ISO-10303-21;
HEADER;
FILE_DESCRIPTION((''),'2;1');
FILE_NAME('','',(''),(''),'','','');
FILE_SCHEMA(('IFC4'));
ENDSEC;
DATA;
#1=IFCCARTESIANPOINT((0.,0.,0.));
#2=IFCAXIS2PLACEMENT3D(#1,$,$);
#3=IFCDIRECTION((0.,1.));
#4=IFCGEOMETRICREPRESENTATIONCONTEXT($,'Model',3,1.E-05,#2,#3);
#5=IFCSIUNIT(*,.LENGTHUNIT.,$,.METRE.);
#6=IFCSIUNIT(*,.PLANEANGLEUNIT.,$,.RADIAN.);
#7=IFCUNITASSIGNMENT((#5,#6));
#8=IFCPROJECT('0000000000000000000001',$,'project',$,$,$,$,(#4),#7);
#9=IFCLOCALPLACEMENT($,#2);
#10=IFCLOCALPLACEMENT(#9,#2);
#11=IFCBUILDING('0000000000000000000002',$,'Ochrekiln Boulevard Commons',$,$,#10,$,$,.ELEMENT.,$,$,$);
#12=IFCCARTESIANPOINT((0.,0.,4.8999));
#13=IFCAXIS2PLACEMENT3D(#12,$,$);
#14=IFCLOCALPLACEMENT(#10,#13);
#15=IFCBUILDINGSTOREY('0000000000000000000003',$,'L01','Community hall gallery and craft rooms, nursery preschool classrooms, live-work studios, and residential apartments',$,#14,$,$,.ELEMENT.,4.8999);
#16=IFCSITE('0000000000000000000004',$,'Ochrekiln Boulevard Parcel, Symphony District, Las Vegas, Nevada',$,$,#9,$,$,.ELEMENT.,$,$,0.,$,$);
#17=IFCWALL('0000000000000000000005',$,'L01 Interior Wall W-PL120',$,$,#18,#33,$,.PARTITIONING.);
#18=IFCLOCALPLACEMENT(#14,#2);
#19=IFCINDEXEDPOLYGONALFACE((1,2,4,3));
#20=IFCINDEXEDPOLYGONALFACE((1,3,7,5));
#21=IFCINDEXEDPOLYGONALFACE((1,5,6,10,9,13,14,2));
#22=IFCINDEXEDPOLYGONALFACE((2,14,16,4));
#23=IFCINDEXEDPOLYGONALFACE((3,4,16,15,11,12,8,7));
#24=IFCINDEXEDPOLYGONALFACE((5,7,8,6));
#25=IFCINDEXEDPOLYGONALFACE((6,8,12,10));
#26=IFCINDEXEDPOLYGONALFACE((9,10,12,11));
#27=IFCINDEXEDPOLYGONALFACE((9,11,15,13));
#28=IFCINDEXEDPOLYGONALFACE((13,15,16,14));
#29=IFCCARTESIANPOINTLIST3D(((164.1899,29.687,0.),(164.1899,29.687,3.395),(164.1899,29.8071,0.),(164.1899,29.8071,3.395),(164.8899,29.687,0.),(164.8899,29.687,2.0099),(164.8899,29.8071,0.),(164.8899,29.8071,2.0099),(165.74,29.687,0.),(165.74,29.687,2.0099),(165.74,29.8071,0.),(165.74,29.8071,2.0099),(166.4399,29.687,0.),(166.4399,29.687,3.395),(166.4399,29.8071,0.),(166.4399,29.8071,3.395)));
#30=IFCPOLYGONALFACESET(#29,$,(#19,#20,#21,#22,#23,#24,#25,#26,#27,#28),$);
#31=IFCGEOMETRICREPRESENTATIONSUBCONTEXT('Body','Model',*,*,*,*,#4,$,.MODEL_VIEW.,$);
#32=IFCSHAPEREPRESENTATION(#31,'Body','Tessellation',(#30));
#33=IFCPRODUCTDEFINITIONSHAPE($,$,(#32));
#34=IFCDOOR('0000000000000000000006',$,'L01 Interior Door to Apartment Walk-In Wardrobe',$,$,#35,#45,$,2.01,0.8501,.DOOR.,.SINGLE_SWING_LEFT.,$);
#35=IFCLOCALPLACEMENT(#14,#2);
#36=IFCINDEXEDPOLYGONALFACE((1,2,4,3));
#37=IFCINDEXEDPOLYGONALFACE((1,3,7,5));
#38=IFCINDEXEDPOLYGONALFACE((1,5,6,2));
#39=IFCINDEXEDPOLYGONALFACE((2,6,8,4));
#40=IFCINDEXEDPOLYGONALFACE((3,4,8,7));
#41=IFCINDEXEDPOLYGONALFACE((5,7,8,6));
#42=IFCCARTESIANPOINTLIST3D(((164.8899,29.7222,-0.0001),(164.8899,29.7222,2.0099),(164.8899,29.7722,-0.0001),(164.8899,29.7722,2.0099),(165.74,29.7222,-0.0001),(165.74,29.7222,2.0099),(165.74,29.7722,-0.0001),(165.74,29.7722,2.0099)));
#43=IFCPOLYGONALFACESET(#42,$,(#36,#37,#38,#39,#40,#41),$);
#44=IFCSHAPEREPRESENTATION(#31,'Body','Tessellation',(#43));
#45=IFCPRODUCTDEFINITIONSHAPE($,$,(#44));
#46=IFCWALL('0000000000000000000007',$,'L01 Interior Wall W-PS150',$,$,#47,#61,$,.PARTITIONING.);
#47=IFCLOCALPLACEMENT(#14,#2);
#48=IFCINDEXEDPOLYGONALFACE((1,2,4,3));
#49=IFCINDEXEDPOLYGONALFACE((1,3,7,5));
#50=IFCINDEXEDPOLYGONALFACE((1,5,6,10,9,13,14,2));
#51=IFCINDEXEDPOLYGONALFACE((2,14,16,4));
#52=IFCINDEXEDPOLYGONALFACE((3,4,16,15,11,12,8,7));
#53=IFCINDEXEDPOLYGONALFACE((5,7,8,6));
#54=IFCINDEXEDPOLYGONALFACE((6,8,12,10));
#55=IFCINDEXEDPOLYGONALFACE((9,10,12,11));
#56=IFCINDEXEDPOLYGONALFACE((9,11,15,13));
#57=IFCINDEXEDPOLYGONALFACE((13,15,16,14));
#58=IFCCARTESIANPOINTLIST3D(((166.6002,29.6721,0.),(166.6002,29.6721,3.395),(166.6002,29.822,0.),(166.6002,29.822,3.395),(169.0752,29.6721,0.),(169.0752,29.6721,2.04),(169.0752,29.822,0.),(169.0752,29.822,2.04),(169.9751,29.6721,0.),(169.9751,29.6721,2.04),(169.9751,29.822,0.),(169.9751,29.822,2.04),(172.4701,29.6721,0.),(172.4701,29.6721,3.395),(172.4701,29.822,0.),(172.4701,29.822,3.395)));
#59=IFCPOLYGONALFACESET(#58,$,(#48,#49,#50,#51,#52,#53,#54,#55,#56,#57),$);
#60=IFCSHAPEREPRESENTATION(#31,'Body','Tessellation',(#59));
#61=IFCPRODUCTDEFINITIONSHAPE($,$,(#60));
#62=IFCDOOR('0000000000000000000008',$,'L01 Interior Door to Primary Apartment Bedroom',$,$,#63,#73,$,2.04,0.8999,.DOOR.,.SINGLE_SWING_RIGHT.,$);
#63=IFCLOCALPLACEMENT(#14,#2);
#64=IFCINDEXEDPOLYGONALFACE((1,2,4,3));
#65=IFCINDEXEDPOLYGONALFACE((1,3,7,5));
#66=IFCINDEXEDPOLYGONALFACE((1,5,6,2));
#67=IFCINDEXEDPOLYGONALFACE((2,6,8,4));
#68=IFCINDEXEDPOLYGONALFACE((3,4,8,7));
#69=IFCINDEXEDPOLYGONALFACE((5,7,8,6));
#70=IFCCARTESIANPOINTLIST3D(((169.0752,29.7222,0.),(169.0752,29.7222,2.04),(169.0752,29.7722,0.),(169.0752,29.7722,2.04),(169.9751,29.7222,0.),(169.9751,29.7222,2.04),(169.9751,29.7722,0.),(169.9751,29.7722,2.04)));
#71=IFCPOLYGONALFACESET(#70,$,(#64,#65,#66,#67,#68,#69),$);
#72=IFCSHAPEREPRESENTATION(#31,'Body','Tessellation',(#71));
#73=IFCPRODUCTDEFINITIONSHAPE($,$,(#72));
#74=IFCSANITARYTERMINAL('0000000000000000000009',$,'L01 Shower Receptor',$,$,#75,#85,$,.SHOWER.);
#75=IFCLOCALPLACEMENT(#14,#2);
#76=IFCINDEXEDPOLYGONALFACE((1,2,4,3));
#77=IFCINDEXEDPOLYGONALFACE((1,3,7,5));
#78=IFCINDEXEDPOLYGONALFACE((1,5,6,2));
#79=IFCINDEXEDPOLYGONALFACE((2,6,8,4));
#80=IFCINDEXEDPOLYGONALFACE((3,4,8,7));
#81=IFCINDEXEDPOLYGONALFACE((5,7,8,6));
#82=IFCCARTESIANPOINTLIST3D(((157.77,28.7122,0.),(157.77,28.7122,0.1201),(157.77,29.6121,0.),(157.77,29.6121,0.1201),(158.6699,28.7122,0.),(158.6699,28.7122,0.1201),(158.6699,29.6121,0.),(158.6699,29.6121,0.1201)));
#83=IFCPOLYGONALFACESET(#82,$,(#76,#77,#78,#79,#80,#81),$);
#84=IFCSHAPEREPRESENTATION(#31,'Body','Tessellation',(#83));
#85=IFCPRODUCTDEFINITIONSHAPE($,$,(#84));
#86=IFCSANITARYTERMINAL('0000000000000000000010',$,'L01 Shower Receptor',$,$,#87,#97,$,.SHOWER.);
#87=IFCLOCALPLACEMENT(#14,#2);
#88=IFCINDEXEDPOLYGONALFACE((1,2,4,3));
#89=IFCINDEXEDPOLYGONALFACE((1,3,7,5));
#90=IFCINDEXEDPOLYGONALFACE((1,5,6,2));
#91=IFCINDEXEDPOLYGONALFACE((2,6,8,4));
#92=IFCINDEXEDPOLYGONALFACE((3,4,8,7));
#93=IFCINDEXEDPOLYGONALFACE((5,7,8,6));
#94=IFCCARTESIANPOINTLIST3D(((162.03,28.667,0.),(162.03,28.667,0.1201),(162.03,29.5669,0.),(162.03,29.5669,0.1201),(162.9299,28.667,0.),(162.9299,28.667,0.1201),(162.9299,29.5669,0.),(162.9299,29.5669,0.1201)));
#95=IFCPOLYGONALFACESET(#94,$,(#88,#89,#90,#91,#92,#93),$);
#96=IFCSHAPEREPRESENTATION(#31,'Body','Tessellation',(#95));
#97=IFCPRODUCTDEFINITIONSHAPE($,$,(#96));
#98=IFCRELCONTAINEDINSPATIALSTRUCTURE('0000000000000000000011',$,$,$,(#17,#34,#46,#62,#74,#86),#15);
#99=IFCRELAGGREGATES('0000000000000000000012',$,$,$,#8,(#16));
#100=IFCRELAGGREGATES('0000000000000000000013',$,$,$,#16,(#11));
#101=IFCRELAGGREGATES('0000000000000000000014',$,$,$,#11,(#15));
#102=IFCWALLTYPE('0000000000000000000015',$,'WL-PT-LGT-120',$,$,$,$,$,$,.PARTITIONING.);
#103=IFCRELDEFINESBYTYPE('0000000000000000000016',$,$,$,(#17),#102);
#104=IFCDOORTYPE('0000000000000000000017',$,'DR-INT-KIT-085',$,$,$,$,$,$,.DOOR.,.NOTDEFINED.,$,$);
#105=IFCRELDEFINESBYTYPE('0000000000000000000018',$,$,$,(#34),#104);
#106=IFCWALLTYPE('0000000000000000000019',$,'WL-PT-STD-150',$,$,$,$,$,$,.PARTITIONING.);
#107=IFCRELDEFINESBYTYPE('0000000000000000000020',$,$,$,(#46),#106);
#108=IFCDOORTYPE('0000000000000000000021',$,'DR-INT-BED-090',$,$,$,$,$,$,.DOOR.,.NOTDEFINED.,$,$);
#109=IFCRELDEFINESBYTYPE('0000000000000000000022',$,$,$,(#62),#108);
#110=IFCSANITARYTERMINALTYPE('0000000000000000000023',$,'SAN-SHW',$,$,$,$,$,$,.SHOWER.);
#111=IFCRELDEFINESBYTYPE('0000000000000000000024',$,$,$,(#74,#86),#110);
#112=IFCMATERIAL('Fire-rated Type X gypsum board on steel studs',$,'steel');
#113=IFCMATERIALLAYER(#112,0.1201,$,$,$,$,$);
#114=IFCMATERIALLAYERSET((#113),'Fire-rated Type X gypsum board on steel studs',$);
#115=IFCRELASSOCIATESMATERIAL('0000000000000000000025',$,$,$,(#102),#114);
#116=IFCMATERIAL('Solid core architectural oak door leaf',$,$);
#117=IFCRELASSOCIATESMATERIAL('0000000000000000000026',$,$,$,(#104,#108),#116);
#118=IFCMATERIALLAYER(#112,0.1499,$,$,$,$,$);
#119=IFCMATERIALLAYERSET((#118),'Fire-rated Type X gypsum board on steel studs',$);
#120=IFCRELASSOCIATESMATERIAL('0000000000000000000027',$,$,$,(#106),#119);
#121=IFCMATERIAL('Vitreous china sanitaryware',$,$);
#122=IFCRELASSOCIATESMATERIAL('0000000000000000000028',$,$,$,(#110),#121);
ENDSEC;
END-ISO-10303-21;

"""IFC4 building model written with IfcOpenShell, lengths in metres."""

from ifc_helpers import new_model, si_unit, direction, frame, frame_2d, origin, origin_2d, place, context, subcontext, project, spatial, rectangle, extrude, material, layer, layer_set, type_object, element, fill, save


model = new_model("IFC4")

# Units and contexts
model_context = context("Model", 3, precision=1e-05, world=origin(), true_north=direction((0.0, 1.0)))
body_context = subcontext(model_context, "Body", "Model", "MODEL_VIEW")
ifc_project = project(units=[si_unit("LENGTHUNIT", "METRE"), si_unit("PLANEANGLEUNIT", "RADIAN")], contexts=[model_context])

# Site, building, storey
site_placement = place(None, origin())
site = spatial("IfcSite", under=ifc_project, at=site_placement, Name="Ochrekiln Boulevard Parcel, Symphony District, Las Vegas, Nevada", CompositionType="ELEMENT", RefElevation=0.0)
building_placement = place(site_placement, origin())
building = spatial("IfcBuilding", under=site, at=building_placement, Name="Ochrekiln Boulevard Commons", CompositionType="ELEMENT")
storey_placement = place(building_placement, frame((0.0, 0.0, 4.8999)))
storey = spatial("IfcBuildingStorey", under=building, at=storey_placement, Name="L01", Description="Community hall gallery and craft rooms, nursery preschool classrooms, live-work studios, and residential apartments", CompositionType="ELEMENT", Elevation=4.8999)

# Shared definitions
ifc_material_1 = material(Name="Solid core architectural oak door leaf")
ifc_material_2 = material(Name="Fire-rated Type X gypsum board on steel studs", Category="steel")

# Shared definitions
ifc_layer_1 = layer(ifc_material_2, 0.1201)
ifc_layer_set_1 = layer_set([ifc_layer_1], Name="Fire-rated Type X gypsum board on steel studs")
wall_type_1 = type_object("IfcWallType", Name="WL-PT-LGT-120", PredefinedType="PARTITIONING", material=ifc_layer_set_1)

# Walls, openings, doors
wall_1_placement = place(storey_placement, frame((164.1899, 29.7471, 0.0), z_axis=(0.0, 0.0, 1.0), x_axis=(1.0, 0.0, 0.0)))
wall_1 = element("IfcWall", 1, at=wall_1_placement, inside=storey, type_object=wall_type_1, Name="L01 Interior Wall W-PL120", PredefinedType="PARTITIONING", context=body_context, shape_type="SweptSolid", body=[
    extrude(rectangle(XDim=2.25, YDim=0.1201, at=frame_2d((1.125, 0.0))), origin(), (0.0, 0.0, 1.0), 3.395),
])
opening_1_placement = place(wall_1_placement, frame((0.7, 0.0, 0.0)))
opening_1 = element("IfcOpeningElement", 2, at=opening_1_placement, cuts=wall_1, PredefinedType="OPENING", context=body_context, shape_type="SweptSolid", body=[
    extrude(rectangle(XDim=0.8501, YDim=2.01, at=frame_2d((0.425, 1.0049))), frame((0.0, 0.0701, 0.0), z_axis=(0.0, -1.0, 0.0), x_axis=(1.0, 0.0, 0.0)), (0.0, 0.0, 1.0), 0.1401),
])
door_type_1 = type_object("IfcDoorType", Name="DR-INT-KIT-085", OperationType="NOTDEFINED", PredefinedType="DOOR", material=ifc_material_1)
door_1_placement = place(opening_1_placement, frame((0.8501, 0.0, 0.0), z_axis=(0.0, 0.0, 1.0), x_axis=(-1.0, 0.0, 0.0)))
door_1 = element("IfcDoor", 3, at=door_1_placement, inside=storey, type_object=door_type_1, Name="L01 Interior Door to Apartment Walk-In Wardrobe", OperationType="SINGLE_SWING_LEFT", OverallHeight=2.01, OverallWidth=0.8501, PredefinedType="DOOR", context=body_context, shape_type="SweptSolid", body=[
    extrude(rectangle(XDim=0.8501, YDim=2.01, at=frame_2d((0.425, 1.0049))), frame((0.0, 0.0249, 0.0), z_axis=(0.0, -1.0, 0.0), x_axis=(1.0, 0.0, 0.0)), (0.0, 0.0, 1.0), 0.05),
])
fill(opening_1, door_1)
ifc_layer_2 = layer(ifc_material_2, 0.1499)
ifc_layer_set_2 = layer_set([ifc_layer_2], Name="Fire-rated Type X gypsum board on steel studs")
wall_type_2 = type_object("IfcWallType", Name="WL-PT-STD-150", PredefinedType="PARTITIONING", material=ifc_layer_set_2)
wall_2_placement = place(storey_placement, frame((166.6001, 29.7471, 0.0), z_axis=(0.0, 0.0, 1.0), x_axis=(1.0, 0.0, 0.0)))
wall_2 = element("IfcWall", 4, at=wall_2_placement, inside=storey, type_object=wall_type_2, Name="L01 Interior Wall W-PS150", PredefinedType="PARTITIONING", context=body_context, shape_type="SweptSolid", body=[
    extrude(rectangle(XDim=5.8699, YDim=0.1499, at=frame_2d((2.9351, 0.0))), origin(), (0.0, 0.0, 1.0), 3.395),
])
opening_2_placement = place(wall_2_placement, frame((2.4751, 0.0, 0.0)))
opening_2 = element("IfcOpeningElement", 5, at=opening_2_placement, cuts=wall_2, PredefinedType="OPENING", context=body_context, shape_type="SweptSolid", body=[
    extrude(rectangle(XDim=0.8999, YDim=2.04, at=frame_2d((0.45, 1.02))), frame((0.0, 0.085, 0.0), z_axis=(0.0, -1.0, 0.0), x_axis=(1.0, 0.0, 0.0)), (0.0, 0.0, 1.0), 0.1699),
])
door_type_2 = type_object("IfcDoorType", Name="DR-INT-BED-090", OperationType="NOTDEFINED", PredefinedType="DOOR", material=ifc_material_1)
door_2_placement = place(opening_2_placement, frame((0.8999, 0.0, 0.0), z_axis=(0.0, 0.0, 1.0), x_axis=(-1.0, 0.0, 0.0)))
door_2 = element("IfcDoor", 6, at=door_2_placement, inside=storey, type_object=door_type_2, Name="L01 Interior Door to Primary Apartment Bedroom", OperationType="SINGLE_SWING_RIGHT", OverallHeight=2.04, OverallWidth=0.8999, PredefinedType="DOOR", context=body_context, shape_type="SweptSolid", body=[
    extrude(rectangle(XDim=0.8999, YDim=2.04, at=frame_2d((0.45, 1.02))), frame((0.0, 0.0249, 0.0), z_axis=(0.0, -1.0, 0.0), x_axis=(1.0, 0.0, 0.0)), (0.0, 0.0, 1.0), 0.05),
])
fill(opening_2, door_2)

# Sanitary terminals
ifc_material_3 = material(Name="Vitreous china sanitaryware")
sanitary_terminal_type = type_object("IfcSanitaryTerminalType", Name="SAN-SHW", PredefinedType="SHOWER", material=ifc_material_3)
for number, where, z_axis, x_axis, name in (
    (7, (158.22, 29.1621, 0.0), (0.0, 0.0, 1.0), (1.0, 0.0, 0.0), "L01 Shower Receptor"),
    (8, (162.48, 29.1169, 0.0), (0.0, 0.0, 1.0), (1.0, 0.0, 0.0), "L01 Shower Receptor"),
):
    element("IfcSanitaryTerminal", number, at=place(storey_placement, frame(where, z_axis=z_axis, x_axis=x_axis)), inside=storey, type_object=sanitary_terminal_type, Name=name, PredefinedType="SHOWER", context=body_context, shape_type="SweptSolid", body=[
        extrude(rectangle(XDim=0.8999, YDim=0.8999, at=origin_2d()), origin(), (0.0, 0.0, 1.0), 0.1201),
    ])

save(model, "model.ifc")
